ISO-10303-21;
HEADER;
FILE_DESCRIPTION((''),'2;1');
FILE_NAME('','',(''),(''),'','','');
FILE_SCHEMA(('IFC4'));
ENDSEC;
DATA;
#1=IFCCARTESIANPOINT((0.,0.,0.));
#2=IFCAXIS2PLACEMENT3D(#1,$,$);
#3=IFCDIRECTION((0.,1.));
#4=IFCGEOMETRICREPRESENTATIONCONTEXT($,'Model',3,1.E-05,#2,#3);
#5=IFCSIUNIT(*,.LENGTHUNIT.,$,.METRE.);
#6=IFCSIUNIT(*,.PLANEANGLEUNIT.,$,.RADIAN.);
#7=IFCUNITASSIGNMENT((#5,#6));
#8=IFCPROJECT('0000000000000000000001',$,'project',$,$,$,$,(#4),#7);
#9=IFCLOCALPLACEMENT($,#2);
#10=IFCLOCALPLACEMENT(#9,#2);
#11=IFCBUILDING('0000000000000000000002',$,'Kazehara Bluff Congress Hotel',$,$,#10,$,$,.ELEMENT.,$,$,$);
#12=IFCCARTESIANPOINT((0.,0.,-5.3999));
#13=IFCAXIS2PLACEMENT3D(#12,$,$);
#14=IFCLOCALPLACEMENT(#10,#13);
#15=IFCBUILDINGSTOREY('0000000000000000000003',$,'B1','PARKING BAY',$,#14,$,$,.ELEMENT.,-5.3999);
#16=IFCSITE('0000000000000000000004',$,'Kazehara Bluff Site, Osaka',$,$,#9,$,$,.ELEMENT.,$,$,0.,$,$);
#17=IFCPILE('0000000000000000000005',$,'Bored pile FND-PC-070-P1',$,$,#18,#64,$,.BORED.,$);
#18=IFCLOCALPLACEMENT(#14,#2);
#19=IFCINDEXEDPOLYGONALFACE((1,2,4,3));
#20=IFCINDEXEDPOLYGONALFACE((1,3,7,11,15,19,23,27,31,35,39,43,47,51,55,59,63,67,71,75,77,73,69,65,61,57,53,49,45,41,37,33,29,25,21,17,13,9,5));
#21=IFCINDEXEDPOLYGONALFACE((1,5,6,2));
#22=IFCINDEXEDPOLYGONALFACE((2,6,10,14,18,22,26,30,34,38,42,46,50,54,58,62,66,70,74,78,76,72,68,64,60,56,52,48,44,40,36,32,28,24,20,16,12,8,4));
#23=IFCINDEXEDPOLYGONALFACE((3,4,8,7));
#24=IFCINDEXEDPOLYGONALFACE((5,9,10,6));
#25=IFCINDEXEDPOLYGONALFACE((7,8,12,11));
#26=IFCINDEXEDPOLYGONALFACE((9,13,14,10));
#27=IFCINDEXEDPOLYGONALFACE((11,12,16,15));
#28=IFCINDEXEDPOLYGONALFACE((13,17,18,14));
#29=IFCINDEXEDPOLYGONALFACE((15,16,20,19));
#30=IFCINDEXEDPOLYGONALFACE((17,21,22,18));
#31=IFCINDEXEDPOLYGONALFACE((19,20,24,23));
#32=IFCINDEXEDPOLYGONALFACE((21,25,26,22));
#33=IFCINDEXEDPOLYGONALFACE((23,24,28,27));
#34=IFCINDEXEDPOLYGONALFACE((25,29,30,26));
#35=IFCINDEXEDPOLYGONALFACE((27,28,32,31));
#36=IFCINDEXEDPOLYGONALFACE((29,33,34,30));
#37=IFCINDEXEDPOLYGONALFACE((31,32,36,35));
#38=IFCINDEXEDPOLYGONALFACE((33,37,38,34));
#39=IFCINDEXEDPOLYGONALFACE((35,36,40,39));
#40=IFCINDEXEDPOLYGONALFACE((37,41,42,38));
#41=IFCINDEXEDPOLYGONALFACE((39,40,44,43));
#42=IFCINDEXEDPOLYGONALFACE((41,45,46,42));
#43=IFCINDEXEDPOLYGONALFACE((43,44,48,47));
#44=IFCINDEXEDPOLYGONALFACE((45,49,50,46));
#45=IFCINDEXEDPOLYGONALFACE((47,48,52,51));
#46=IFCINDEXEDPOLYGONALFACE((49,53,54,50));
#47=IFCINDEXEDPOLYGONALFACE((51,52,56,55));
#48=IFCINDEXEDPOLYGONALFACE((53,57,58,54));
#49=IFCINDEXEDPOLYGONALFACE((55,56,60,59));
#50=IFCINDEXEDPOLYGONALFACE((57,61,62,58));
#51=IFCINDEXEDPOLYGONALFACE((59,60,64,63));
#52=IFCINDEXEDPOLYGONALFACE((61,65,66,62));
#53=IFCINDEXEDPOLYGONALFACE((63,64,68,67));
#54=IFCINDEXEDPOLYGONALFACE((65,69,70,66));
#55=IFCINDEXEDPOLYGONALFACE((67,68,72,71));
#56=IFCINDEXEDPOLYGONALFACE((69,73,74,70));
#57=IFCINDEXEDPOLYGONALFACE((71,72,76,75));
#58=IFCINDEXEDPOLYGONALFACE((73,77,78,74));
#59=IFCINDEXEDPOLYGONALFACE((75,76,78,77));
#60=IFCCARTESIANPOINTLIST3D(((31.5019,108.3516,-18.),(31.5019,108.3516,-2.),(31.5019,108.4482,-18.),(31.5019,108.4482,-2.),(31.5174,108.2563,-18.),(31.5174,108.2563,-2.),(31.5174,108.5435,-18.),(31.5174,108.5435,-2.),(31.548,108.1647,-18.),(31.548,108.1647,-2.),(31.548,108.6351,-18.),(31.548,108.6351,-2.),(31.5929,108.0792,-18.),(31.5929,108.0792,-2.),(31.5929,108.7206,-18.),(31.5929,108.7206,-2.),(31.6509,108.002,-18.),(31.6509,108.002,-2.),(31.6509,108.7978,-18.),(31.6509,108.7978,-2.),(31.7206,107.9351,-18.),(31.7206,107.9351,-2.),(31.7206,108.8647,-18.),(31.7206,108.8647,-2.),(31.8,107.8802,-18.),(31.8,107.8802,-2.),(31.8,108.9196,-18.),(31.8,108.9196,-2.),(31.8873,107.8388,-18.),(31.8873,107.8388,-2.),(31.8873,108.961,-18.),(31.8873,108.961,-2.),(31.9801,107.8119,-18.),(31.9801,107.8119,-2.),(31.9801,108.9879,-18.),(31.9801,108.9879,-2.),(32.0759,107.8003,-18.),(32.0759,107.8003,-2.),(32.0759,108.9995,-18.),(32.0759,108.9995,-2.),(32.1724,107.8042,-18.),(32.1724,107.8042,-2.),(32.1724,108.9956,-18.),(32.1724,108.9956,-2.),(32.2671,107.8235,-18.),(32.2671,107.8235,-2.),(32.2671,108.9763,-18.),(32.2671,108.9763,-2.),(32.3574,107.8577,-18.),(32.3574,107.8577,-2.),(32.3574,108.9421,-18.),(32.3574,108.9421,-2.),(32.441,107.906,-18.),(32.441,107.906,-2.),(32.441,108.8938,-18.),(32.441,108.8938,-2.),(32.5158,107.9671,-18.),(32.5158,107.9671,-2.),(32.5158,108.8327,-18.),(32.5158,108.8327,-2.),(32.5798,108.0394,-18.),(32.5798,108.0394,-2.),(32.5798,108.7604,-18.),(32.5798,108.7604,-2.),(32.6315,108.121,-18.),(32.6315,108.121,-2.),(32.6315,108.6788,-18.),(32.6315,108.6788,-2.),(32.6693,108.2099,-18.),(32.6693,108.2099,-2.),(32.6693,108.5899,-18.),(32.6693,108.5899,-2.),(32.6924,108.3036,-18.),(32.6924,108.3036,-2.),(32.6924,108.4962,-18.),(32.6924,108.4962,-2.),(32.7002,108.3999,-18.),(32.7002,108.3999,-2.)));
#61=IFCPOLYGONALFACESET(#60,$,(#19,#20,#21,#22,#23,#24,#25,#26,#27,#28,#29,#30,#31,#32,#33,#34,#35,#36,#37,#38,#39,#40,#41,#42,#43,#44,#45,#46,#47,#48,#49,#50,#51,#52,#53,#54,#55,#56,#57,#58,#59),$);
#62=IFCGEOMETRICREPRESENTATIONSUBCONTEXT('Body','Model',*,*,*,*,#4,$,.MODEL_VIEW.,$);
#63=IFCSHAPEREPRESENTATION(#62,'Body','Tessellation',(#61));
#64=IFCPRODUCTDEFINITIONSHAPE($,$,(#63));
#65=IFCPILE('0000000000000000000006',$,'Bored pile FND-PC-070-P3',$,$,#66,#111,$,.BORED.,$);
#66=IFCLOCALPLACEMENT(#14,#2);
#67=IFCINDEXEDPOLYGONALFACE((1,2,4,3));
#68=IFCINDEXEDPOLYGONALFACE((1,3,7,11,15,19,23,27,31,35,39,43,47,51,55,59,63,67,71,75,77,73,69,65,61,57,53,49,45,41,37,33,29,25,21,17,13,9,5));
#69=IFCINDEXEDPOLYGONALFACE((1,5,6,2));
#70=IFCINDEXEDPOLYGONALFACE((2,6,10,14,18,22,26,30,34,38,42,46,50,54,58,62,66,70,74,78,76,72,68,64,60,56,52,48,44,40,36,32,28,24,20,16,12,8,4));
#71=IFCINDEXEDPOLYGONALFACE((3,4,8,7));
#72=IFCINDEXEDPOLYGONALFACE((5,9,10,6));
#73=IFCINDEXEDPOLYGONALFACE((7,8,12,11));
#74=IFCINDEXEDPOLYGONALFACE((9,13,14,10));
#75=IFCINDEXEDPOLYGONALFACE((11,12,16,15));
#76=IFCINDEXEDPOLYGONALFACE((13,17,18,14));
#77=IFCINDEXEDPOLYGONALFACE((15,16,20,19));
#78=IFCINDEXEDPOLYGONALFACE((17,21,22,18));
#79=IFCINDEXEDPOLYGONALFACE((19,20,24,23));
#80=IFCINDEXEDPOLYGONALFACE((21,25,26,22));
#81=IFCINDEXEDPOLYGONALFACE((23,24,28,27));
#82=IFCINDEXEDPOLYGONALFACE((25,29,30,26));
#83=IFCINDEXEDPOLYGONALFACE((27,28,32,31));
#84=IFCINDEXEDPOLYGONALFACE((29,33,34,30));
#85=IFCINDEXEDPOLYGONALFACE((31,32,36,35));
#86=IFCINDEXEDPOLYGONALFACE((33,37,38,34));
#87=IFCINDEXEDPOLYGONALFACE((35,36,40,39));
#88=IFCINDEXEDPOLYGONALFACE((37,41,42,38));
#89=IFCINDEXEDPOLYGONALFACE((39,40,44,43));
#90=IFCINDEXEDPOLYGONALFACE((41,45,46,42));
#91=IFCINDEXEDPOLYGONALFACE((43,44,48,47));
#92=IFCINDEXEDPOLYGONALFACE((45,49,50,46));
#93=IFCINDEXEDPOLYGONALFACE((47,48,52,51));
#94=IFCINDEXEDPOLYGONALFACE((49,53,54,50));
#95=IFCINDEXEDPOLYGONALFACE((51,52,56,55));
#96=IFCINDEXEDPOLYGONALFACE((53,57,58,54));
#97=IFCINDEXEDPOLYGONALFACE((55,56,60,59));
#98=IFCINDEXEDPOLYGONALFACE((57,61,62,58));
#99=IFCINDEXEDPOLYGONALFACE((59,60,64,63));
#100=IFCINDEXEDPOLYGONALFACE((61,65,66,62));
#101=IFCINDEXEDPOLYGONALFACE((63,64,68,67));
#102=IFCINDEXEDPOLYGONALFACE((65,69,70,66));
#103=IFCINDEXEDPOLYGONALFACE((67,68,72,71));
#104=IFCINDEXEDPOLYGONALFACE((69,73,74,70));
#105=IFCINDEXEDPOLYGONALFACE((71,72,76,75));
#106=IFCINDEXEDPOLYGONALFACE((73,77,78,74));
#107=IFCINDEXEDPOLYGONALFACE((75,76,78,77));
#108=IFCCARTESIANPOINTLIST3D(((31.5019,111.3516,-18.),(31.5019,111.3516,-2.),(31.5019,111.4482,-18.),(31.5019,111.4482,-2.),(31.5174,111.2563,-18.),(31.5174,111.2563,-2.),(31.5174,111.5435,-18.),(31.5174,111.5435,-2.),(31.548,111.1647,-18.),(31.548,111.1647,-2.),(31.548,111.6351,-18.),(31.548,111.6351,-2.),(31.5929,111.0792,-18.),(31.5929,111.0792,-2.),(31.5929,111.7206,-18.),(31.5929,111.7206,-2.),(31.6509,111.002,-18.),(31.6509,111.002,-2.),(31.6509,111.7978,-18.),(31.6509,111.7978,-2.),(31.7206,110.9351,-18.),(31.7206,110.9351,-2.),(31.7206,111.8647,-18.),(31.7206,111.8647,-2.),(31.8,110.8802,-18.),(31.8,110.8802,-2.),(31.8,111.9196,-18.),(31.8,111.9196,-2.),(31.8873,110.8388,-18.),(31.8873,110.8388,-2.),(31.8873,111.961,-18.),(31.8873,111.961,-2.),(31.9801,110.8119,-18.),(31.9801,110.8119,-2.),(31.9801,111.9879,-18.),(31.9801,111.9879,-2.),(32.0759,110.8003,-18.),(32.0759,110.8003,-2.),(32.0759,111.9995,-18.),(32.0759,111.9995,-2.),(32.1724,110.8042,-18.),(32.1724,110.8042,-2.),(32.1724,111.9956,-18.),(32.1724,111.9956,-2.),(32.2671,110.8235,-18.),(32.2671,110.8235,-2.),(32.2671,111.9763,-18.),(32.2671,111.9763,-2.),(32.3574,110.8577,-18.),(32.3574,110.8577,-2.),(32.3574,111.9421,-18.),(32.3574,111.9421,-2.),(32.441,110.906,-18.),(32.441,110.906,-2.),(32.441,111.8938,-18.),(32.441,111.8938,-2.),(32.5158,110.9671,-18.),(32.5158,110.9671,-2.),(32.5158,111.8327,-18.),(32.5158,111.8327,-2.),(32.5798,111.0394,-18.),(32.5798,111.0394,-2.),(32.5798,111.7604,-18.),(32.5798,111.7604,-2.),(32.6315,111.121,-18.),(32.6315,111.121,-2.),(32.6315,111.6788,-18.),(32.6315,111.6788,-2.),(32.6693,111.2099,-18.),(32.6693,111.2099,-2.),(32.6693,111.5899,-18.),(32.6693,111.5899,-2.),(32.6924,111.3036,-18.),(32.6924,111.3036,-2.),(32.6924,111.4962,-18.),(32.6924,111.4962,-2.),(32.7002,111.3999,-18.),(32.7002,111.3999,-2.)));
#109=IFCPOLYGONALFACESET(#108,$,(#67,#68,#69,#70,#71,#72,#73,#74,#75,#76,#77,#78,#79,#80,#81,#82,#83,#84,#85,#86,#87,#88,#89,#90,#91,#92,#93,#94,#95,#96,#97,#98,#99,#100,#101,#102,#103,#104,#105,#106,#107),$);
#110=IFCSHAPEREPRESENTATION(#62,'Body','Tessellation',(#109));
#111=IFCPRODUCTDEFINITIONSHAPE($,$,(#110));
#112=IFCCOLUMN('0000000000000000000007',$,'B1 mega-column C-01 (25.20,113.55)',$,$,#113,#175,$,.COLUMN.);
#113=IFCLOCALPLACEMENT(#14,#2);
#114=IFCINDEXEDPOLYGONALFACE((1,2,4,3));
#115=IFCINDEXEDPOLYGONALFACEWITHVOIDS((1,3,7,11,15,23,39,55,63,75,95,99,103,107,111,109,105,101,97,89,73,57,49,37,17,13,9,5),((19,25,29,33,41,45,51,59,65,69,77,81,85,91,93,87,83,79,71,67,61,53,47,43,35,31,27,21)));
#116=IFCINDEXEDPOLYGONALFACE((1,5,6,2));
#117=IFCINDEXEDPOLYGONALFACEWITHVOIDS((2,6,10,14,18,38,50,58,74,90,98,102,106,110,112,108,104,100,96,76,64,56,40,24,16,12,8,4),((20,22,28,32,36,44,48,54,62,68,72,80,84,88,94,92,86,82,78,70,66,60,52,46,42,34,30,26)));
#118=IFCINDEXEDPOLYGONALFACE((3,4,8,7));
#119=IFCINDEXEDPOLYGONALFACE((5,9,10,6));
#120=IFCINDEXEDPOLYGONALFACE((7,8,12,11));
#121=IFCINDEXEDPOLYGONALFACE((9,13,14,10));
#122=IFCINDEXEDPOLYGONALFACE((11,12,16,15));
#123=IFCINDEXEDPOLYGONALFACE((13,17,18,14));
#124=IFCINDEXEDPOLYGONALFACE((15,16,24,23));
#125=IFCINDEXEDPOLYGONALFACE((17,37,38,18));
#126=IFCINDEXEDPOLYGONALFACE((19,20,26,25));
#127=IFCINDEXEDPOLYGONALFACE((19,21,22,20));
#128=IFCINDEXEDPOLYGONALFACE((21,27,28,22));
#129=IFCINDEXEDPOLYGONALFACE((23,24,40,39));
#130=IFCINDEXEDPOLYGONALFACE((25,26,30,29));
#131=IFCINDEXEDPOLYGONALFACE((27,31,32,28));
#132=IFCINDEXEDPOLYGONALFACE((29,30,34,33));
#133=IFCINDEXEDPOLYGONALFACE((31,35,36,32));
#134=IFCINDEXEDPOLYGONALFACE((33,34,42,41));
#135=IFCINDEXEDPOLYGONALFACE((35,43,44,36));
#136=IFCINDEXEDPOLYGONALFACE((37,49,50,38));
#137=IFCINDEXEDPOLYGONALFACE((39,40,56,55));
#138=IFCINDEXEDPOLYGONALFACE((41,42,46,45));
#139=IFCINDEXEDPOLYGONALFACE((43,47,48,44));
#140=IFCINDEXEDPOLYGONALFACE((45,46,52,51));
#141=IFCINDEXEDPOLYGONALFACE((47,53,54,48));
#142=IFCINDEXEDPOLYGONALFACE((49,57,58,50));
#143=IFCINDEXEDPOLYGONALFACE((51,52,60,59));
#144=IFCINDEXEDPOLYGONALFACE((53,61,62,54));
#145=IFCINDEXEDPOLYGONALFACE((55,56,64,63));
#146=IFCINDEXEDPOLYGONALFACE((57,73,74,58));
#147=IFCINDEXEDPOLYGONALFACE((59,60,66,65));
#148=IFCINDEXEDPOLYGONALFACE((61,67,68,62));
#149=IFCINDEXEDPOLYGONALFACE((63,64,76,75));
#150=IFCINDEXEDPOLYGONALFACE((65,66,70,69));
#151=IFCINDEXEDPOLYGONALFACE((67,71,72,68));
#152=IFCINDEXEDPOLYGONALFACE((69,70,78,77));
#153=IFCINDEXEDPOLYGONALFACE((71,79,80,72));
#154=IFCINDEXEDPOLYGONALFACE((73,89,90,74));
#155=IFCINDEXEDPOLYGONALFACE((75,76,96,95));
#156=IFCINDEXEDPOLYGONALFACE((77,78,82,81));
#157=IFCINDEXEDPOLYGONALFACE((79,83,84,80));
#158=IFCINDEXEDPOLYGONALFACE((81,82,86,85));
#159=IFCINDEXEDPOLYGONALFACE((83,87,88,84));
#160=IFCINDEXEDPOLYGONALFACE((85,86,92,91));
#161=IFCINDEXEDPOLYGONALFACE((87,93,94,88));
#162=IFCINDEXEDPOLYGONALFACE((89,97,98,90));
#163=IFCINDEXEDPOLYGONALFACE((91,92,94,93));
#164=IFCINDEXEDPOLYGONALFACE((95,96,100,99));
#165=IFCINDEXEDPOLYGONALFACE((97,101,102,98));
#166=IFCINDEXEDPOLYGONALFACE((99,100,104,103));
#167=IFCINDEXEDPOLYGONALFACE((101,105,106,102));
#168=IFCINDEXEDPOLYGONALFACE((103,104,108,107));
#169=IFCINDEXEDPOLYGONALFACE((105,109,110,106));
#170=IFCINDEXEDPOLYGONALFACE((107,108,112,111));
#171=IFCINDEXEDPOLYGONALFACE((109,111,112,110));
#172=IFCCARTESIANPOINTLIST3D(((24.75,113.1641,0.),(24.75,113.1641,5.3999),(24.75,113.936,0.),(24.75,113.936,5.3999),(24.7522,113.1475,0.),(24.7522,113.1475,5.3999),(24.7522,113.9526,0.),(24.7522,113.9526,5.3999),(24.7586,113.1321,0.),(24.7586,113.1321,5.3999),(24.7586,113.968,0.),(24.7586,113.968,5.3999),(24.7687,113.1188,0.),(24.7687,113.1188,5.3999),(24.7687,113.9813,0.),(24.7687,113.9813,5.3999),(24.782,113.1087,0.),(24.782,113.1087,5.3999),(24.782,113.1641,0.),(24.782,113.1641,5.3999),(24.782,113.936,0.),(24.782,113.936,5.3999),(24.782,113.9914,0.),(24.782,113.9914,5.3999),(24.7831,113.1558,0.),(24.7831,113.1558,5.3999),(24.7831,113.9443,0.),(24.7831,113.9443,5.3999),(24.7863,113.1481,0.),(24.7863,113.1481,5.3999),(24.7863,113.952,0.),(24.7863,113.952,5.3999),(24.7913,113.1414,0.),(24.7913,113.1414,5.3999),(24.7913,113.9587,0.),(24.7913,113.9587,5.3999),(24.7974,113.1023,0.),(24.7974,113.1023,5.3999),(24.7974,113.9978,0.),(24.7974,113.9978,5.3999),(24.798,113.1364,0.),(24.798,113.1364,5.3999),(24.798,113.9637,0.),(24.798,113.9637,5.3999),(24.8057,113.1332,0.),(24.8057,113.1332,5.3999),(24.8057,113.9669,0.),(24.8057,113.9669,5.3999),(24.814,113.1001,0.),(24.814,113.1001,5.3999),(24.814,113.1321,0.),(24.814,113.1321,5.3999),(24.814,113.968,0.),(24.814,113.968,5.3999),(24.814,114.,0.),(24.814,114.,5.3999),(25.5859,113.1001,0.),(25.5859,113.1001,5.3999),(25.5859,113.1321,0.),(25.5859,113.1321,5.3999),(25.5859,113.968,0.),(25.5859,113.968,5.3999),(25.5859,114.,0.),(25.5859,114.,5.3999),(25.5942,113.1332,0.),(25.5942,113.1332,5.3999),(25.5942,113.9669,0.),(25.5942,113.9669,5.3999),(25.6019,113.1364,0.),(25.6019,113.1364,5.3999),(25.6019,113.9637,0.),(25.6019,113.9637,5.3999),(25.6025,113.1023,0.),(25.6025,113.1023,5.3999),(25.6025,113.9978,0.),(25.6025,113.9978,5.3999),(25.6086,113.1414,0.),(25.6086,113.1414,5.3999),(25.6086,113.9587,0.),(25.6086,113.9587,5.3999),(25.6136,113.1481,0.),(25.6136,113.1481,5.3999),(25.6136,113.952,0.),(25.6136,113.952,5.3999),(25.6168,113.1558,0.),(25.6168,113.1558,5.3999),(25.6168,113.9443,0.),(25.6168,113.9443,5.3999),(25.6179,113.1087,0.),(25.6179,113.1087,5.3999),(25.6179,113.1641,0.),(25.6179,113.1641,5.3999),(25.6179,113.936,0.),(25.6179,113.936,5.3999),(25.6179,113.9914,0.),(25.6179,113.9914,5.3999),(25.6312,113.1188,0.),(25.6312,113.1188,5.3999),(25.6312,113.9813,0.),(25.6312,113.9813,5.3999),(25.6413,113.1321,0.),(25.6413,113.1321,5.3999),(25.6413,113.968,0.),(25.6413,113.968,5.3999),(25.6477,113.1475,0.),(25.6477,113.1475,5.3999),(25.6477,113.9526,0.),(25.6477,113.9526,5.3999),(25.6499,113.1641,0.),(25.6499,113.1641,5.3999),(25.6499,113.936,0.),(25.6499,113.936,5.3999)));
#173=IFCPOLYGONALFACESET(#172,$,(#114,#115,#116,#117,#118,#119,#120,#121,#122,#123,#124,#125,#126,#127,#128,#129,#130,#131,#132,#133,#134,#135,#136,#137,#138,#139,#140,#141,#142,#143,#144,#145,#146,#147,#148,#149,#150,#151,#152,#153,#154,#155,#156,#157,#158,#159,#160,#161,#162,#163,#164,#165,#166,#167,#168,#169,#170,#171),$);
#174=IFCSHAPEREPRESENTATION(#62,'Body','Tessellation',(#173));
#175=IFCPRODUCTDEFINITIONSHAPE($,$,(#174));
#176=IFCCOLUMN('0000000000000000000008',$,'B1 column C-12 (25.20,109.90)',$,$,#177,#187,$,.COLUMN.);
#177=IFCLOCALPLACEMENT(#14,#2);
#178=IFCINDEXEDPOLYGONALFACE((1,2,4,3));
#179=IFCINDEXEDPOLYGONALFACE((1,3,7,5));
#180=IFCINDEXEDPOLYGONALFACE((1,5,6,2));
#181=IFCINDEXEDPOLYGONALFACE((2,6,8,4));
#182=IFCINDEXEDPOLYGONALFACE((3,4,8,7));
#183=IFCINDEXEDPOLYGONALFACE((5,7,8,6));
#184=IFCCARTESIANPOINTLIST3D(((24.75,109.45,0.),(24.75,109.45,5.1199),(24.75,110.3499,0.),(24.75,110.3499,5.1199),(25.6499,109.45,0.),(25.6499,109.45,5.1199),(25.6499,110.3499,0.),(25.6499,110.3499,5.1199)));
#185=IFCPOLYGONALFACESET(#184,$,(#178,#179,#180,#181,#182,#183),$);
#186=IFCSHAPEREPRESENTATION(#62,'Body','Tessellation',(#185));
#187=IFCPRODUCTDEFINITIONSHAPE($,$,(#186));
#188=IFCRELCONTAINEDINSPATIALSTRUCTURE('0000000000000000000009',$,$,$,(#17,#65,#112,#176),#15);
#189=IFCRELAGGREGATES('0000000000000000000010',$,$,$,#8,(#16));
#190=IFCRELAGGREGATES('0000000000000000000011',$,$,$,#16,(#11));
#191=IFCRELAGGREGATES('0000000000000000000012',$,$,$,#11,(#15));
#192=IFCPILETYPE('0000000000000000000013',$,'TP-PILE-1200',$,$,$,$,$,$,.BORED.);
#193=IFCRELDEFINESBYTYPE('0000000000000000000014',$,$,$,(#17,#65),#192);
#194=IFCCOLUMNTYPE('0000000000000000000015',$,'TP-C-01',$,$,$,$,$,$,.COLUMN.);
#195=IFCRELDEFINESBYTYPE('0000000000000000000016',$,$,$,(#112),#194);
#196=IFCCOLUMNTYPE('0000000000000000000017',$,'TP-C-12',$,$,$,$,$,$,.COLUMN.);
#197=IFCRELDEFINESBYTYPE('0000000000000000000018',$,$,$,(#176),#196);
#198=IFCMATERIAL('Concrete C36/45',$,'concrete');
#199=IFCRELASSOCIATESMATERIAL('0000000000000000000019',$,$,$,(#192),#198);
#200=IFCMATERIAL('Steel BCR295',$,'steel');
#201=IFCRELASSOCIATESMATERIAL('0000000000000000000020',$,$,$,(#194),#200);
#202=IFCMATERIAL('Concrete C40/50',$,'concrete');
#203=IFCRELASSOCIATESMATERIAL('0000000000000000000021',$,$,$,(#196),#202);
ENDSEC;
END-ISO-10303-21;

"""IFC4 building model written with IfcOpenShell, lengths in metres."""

from ifc_helpers import new_model, si_unit, direction, frame, origin, origin_2d, place, context, subcontext, project, spatial, rectangle, hollow_rectangle, circle, extrude, material, material_profile, profile_set, type_object, element, save


model = new_model("IFC4")

# Units and contexts
model_context = context("Model", 3, precision=1e-05, world=origin(), true_north=direction((0.0, 1.0)))
body_context = subcontext(model_context, "Body", "Model", "MODEL_VIEW")
ifc_project = project(units=[si_unit("LENGTHUNIT", "METRE"), si_unit("PLANEANGLEUNIT", "RADIAN")], contexts=[model_context])

# Site, building, storey
site_placement = place(None, origin())
site = spatial("IfcSite", under=ifc_project, at=site_placement, Name="Kazehara Bluff Site, Osaka", CompositionType="ELEMENT", RefElevation=0.0)
building_placement = place(site_placement, origin())
building = spatial("IfcBuilding", under=site, at=building_placement, Name="Kazehara Bluff Congress Hotel", CompositionType="ELEMENT")
storey_placement = place(building_placement, frame((0.0, 0.0, -5.3999)))
storey = spatial("IfcBuildingStorey", under=building, at=storey_placement, Name="B1", Description="PARKING BAY", CompositionType="ELEMENT", Elevation=-5.3999)

# Piles
ifc_material_1 = material(Name="Concrete C36/45", Category="concrete")
ifc_material_profile_1 = material_profile(ifc_material_1, circle(Radius=0.6001, at=origin_2d()))
ifc_profile_set_1 = profile_set([ifc_material_profile_1], Name="Concrete C36/45")
pile_type = type_object("IfcPileType", Name="TP-PILE-1200", PredefinedType="BORED", material=ifc_profile_set_1)
for number, where, z_axis, x_axis, name in (
    (1, (32.1001, 108.3999, -2.0), (0.0, 0.0, -1.0), (1.0, 0.0, 0.0), "Bored pile FND-PC-070-P1"),
    (2, (32.1001, 111.3999, -2.0), (0.0, 0.0, -1.0), (1.0, 0.0, 0.0), "Bored pile FND-PC-070-P3"),
):
    element("IfcPile", number, at=place(storey_placement, frame(where, z_axis=z_axis, x_axis=x_axis)), inside=storey, type_object=pile_type, Name=name, PredefinedType="BORED", context=body_context, shape_type="SweptSolid", body=[
        extrude(circle(Radius=0.6001, at=origin_2d()), origin(), (0.0, 0.0, 1.0), 16.0),
    ])

# Columns
ifc_material_2 = material(Name="Steel BCR295", Category="steel")
ifc_material_profile_2 = material_profile(ifc_material_2, hollow_rectangle(XDim=0.8999, YDim=0.8999, WallThickness=0.032, InnerFilletRadius=0.032, OuterFilletRadius=0.064, at=origin_2d()))
ifc_profile_set_2 = profile_set([ifc_material_profile_2], Name="Steel BCR295")
column_type_1 = type_object("IfcColumnType", Name="TP-C-01", PredefinedType="COLUMN", material=ifc_profile_set_2)
column_1_placement = place(storey_placement, frame((25.2, 113.55, 0.0), z_axis=(0.0, 0.0, 1.0), x_axis=(1.0, 0.0, 0.0)))
element("IfcColumn", 3, at=column_1_placement, inside=storey, type_object=column_type_1, Name="B1 mega-column C-01 (25.20,113.55)", PredefinedType="COLUMN", context=body_context, shape_type="SweptSolid", body=[
    extrude(hollow_rectangle(XDim=0.8999, YDim=0.8999, WallThickness=0.032, InnerFilletRadius=0.032, OuterFilletRadius=0.064, at=origin_2d()), origin(), (0.0, 0.0, 1.0), 5.3999),
])
ifc_material_3 = material(Name="Concrete C40/50", Category="concrete")
ifc_material_profile_3 = material_profile(ifc_material_3, rectangle(XDim=0.8999, YDim=0.8999, at=origin_2d()))
ifc_profile_set_3 = profile_set([ifc_material_profile_3], Name="Concrete C40/50")
column_type_2 = type_object("IfcColumnType", Name="TP-C-12", PredefinedType="COLUMN", material=ifc_profile_set_3)
column_2_placement = place(storey_placement, frame((25.2, 109.8999, 0.0), z_axis=(0.0, 0.0, 1.0), x_axis=(1.0, 0.0, 0.0)))
element("IfcColumn", 4, at=column_2_placement, inside=storey, type_object=column_type_2, Name="B1 column C-12 (25.20,109.90)", PredefinedType="COLUMN", context=body_context, shape_type="SweptSolid", body=[
    extrude(rectangle(XDim=0.8999, YDim=0.8999, at=origin_2d()), origin(), (0.0, 0.0, 1.0), 5.1199),
])

save(model, "model.ifc")
